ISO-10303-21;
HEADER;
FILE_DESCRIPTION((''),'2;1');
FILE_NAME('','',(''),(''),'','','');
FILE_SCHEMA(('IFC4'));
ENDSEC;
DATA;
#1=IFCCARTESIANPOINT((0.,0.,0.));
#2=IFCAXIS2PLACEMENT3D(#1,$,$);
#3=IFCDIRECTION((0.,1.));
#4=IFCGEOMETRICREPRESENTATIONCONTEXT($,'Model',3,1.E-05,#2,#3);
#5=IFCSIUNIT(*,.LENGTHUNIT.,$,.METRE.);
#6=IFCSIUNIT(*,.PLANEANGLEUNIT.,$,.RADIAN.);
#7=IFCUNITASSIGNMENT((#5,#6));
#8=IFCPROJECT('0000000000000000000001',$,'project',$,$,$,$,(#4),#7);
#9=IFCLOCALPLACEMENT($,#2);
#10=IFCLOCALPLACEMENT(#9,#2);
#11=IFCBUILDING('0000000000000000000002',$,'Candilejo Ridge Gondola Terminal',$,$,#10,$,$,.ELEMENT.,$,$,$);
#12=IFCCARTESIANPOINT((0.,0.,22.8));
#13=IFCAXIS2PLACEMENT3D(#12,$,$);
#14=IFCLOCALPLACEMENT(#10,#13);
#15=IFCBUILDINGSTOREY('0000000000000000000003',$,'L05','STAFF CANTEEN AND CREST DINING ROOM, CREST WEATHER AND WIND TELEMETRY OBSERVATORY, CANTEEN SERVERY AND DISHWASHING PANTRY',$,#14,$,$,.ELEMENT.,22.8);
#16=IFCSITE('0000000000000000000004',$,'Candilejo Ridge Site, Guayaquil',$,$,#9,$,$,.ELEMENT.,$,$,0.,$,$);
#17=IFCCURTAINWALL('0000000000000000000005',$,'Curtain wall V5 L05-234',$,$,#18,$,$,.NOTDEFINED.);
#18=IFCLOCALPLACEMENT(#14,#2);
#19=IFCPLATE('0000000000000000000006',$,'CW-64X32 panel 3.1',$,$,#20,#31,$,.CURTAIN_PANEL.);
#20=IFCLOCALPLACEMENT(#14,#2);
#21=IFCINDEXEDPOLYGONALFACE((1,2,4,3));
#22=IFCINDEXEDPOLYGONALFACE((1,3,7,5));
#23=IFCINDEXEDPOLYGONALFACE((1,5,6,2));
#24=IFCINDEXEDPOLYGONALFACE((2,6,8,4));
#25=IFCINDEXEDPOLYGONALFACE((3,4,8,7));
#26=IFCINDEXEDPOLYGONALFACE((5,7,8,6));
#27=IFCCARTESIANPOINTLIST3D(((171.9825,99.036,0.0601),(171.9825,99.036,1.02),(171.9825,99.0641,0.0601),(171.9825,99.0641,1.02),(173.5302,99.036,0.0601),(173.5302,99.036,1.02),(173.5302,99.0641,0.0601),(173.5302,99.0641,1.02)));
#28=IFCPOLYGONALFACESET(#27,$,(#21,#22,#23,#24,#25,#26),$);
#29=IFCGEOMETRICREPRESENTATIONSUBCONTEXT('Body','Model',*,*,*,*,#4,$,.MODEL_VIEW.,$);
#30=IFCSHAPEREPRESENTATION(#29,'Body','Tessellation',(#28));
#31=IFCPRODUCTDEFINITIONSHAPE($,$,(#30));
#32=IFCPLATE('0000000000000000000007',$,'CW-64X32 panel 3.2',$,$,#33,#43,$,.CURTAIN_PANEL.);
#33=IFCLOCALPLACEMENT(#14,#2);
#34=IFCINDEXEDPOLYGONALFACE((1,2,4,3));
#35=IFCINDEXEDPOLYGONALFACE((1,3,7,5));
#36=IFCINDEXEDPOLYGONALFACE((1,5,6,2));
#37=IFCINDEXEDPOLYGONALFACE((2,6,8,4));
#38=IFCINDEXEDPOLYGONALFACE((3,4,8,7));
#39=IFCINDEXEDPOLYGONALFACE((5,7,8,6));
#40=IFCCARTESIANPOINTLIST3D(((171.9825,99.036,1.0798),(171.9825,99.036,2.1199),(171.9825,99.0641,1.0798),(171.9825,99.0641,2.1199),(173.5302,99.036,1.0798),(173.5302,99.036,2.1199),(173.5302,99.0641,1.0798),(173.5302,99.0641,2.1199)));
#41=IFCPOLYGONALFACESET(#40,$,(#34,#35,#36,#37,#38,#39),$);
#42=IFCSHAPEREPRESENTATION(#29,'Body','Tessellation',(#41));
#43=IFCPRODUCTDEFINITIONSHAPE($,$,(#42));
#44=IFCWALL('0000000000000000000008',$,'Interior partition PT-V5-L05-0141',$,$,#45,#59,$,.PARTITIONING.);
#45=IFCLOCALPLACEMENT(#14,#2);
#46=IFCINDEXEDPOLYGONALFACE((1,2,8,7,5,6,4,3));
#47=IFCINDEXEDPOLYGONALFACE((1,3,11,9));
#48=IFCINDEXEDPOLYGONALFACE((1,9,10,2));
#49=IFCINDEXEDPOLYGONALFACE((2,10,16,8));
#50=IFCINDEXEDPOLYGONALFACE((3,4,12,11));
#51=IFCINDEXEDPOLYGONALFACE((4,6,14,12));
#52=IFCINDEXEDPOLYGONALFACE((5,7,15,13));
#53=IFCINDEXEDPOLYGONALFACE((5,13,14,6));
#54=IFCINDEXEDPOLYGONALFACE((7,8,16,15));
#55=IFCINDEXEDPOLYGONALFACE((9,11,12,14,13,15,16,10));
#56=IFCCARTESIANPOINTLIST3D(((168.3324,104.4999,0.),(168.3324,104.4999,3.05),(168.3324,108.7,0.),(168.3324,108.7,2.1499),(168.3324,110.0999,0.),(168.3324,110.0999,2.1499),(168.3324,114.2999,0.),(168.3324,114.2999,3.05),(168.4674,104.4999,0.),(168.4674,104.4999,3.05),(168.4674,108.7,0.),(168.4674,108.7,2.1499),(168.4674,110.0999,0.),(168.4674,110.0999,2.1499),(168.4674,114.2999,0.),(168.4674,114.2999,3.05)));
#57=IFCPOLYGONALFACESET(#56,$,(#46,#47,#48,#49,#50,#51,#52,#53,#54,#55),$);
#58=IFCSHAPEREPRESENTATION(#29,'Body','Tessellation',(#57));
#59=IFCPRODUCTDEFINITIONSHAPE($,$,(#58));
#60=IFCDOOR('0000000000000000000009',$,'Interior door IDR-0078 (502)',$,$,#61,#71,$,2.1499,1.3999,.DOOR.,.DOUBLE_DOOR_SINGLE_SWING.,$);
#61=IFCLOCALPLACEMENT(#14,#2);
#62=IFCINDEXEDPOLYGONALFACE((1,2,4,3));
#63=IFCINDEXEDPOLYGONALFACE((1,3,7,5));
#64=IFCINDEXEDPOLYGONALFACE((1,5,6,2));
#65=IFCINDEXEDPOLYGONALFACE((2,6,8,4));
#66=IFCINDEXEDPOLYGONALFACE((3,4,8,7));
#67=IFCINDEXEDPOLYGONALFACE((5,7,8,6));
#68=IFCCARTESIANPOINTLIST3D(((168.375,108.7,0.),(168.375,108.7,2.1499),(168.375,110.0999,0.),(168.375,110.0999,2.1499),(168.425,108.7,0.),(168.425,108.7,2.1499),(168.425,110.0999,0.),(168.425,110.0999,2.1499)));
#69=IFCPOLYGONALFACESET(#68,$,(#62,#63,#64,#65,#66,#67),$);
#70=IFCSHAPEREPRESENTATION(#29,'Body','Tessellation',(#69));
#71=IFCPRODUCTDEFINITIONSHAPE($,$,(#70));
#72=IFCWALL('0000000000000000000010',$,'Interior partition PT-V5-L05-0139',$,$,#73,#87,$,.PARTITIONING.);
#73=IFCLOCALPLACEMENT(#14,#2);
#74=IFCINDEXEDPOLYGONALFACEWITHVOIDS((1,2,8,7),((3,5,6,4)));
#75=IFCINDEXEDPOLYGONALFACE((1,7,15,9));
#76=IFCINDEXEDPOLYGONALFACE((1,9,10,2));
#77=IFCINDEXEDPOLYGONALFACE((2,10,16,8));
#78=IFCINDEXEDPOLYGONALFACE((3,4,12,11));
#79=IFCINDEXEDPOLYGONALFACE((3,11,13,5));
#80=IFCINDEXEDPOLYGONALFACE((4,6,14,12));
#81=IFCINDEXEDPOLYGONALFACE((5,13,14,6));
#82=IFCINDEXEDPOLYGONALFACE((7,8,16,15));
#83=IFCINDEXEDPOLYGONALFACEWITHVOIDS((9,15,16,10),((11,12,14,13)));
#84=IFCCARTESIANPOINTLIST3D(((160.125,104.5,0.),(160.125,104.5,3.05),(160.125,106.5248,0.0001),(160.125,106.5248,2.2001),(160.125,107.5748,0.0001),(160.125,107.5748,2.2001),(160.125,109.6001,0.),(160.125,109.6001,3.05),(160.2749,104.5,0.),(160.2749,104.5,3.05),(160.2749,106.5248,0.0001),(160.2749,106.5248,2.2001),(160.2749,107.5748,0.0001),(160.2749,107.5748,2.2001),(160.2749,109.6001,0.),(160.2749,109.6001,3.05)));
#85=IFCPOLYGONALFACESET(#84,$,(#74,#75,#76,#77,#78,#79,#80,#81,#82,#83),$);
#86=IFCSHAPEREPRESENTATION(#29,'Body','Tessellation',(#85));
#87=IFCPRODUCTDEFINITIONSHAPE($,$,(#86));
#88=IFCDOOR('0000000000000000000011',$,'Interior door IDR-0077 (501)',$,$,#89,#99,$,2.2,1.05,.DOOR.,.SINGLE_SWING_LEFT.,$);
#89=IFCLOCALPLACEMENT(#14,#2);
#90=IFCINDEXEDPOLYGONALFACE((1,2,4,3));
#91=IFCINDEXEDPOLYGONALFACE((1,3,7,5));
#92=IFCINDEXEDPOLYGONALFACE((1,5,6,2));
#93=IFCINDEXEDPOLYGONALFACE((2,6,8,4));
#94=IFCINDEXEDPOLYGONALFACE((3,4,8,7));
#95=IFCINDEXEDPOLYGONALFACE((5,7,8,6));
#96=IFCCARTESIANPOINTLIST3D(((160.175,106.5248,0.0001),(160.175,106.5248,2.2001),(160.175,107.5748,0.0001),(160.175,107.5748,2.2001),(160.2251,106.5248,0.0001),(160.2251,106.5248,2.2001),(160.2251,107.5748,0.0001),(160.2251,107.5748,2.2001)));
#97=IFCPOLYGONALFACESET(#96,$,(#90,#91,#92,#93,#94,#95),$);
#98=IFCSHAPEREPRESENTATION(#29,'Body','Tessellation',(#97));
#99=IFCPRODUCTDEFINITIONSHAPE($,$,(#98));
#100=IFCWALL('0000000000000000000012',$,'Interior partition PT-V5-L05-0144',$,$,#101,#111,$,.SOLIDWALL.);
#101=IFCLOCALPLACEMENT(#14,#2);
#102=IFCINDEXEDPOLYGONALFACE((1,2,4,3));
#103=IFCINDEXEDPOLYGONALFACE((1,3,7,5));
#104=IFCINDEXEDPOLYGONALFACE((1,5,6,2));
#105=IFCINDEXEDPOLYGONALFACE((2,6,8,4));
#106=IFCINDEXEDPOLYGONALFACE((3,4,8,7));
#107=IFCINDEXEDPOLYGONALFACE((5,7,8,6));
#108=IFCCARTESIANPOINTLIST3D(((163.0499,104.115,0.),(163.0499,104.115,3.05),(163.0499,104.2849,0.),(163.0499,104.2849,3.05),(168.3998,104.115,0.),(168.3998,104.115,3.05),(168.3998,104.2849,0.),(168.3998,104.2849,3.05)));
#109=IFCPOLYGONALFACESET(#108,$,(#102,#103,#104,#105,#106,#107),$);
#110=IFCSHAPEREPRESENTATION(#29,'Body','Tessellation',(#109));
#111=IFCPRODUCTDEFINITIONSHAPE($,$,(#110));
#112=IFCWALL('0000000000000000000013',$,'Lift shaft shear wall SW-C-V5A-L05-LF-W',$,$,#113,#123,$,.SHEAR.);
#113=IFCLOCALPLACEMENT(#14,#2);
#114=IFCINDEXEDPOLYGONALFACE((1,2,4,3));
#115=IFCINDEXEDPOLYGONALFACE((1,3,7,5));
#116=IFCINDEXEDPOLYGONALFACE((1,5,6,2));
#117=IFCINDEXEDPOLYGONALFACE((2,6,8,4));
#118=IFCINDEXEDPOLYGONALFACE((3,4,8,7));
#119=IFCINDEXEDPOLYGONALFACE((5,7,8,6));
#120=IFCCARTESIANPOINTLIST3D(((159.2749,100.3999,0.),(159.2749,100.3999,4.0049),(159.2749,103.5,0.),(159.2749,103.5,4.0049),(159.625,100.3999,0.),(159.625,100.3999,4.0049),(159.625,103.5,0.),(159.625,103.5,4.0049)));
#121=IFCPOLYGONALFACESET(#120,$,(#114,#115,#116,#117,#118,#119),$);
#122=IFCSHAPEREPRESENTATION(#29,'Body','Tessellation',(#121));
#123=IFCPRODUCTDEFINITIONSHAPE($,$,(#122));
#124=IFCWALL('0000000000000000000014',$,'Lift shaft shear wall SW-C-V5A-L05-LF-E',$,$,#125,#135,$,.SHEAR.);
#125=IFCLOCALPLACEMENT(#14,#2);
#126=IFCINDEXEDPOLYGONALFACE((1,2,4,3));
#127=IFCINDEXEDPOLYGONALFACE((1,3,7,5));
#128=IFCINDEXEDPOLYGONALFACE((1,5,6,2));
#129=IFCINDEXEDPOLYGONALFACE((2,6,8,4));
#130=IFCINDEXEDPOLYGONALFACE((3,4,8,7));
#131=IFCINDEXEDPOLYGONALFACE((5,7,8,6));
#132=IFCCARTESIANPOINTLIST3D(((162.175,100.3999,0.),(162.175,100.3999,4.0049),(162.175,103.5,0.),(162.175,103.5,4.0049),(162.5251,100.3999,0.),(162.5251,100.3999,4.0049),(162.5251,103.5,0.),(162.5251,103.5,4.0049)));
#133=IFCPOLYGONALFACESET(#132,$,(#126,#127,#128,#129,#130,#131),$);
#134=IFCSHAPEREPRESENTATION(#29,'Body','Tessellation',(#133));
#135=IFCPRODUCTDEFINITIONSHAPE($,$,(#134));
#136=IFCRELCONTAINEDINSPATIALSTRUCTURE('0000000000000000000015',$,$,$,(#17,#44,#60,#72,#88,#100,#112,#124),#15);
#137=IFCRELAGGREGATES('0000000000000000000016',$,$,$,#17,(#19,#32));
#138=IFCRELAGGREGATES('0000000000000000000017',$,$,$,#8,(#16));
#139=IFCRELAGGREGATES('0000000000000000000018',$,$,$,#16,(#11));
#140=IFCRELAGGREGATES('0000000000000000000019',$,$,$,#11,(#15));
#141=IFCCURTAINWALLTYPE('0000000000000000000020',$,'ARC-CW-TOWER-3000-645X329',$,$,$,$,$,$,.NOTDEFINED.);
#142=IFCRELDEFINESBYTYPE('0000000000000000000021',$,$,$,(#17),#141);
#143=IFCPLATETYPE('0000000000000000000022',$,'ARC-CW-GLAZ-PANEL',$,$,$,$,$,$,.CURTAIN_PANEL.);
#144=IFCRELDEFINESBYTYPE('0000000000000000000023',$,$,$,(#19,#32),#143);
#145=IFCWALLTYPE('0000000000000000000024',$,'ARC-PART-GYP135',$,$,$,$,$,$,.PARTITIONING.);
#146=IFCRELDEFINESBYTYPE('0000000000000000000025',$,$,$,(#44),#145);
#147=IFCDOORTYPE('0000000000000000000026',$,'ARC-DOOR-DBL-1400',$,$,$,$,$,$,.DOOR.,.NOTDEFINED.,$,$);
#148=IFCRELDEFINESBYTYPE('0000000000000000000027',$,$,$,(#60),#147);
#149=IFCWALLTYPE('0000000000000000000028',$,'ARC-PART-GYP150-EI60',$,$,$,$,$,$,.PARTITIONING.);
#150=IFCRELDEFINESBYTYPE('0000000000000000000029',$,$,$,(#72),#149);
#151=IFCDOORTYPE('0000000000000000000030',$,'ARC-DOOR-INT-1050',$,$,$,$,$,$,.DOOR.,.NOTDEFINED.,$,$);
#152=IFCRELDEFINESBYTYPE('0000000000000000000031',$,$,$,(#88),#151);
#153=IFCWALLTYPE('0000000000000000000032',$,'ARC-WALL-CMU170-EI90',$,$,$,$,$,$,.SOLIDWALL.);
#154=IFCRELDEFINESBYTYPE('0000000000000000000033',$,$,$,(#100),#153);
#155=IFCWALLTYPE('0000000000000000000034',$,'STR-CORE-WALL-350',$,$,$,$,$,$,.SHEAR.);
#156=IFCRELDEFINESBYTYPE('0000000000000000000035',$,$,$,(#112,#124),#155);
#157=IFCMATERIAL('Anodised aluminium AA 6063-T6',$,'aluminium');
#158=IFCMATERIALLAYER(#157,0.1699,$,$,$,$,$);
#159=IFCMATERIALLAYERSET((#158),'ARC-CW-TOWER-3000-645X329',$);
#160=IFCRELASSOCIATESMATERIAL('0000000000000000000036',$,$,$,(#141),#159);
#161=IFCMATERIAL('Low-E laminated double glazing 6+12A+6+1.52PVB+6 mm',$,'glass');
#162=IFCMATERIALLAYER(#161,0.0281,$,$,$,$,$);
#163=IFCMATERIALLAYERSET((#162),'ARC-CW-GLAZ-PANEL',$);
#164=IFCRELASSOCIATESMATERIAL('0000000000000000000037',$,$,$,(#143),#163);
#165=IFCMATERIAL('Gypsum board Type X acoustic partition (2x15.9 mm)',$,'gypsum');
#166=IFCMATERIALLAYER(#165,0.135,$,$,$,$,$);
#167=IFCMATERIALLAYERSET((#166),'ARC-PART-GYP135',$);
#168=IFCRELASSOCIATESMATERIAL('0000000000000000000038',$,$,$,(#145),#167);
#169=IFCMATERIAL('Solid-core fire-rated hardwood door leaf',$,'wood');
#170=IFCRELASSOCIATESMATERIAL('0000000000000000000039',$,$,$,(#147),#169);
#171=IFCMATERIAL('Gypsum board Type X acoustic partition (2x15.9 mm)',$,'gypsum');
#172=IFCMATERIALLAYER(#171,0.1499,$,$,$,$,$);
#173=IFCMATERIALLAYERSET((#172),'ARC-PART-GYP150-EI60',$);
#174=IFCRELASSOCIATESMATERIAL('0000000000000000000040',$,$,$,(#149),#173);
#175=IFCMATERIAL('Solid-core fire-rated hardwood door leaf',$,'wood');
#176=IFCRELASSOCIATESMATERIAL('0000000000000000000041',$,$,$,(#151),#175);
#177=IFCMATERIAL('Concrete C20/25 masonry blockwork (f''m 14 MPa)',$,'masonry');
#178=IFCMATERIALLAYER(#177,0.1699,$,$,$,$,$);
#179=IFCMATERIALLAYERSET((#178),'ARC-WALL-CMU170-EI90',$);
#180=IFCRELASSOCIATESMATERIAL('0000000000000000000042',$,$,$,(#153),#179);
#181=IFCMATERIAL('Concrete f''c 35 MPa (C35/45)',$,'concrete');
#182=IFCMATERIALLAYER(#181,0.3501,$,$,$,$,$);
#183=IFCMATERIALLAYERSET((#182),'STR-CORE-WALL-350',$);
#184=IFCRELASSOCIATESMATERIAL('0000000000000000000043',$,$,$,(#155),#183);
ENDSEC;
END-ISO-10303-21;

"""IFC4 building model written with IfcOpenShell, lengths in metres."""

from ifc_helpers import new_model, si_unit, direction, frame, frame_2d, origin, origin_2d, place, context, subcontext, project, spatial, rectangle, extrude, material, layer, layer_set, type_object, element, fill, aggregate, save


model = new_model("IFC4")

# Units and contexts
model_context = context("Model", 3, precision=1e-05, world=origin(), true_north=direction((0.0, 1.0)))
body_context = subcontext(model_context, "Body", "Model", "MODEL_VIEW")
ifc_project = project(units=[si_unit("LENGTHUNIT", "METRE"), si_unit("PLANEANGLEUNIT", "RADIAN")], contexts=[model_context])

# Site, building, storey
site_placement = place(None, origin())
site = spatial("IfcSite", under=ifc_project, at=site_placement, Name="Candilejo Ridge Site, Guayaquil", CompositionType="ELEMENT", RefElevation=0.0)
building_placement = place(site_placement, origin())
building = spatial("IfcBuilding", under=site, at=building_placement, Name="Candilejo Ridge Gondola Terminal", CompositionType="ELEMENT")
storey_placement = place(building_placement, frame((0.0, 0.0, 22.8)))
storey = spatial("IfcBuildingStorey", under=building, at=storey_placement, Name="L05", Description="STAFF CANTEEN AND CREST DINING ROOM, CREST WEATHER AND WIND TELEMETRY OBSERVATORY, CANTEEN SERVERY AND DISHWASHING PANTRY", CompositionType="ELEMENT", Elevation=22.8)

# Curtain wall
ifc_material_1 = material(Name="Anodised aluminium AA 6063-T6", Category="aluminium")
ifc_layer_1 = layer(ifc_material_1, 0.1699)
ifc_layer_set_1 = layer_set([ifc_layer_1], Name="ARC-CW-TOWER-3000-645X329")
curtain_wall_type = type_object("IfcCurtainWallType", Name="ARC-CW-TOWER-3000-645X329", PredefinedType="NOTDEFINED", material=ifc_layer_set_1)
curtain_wall_placement = place(storey_placement, origin())
curtain_wall = element("IfcCurtainWall", 1, at=curtain_wall_placement, inside=storey, type_object=curtain_wall_type, Name="Curtain wall V5 L05-234", PredefinedType="NOTDEFINED")

# Plates
ifc_material_2 = material(Name="Low-E laminated double glazing 6+12A+6+1.52PVB+6 mm", Category="glass")
ifc_layer_2 = layer(ifc_material_2, 0.0281)
ifc_layer_set_2 = layer_set([ifc_layer_2], Name="ARC-CW-GLAZ-PANEL")
plate_type = type_object("IfcPlateType", Name="ARC-CW-GLAZ-PANEL", PredefinedType="CURTAIN_PANEL", material=ifc_layer_set_2)
plate_1_placement = place(storey_placement, frame((172.7563, 99.05, 0.0601), z_axis=(0.0, 0.0, 1.0), x_axis=(1.0, 0.0, 0.0)))
plate_1 = element("IfcPlate", 2, at=plate_1_placement, type_object=plate_type, Name="CW-64X32 panel 3.1", PredefinedType="CURTAIN_PANEL", context=body_context, shape_type="SweptSolid", body=[
    extrude(rectangle(XDim=1.5476, YDim=0.0281, at=origin_2d()), origin(), (0.0, 0.0, 1.0), 0.96),
])
plate_2_placement = place(storey_placement, frame((172.7563, 99.05, 1.0798), z_axis=(0.0, 0.0, 1.0), x_axis=(1.0, 0.0, 0.0)))
plate_2 = element("IfcPlate", 3, at=plate_2_placement, type_object=plate_type, Name="CW-64X32 panel 3.2", PredefinedType="CURTAIN_PANEL", context=body_context, shape_type="SweptSolid", body=[
    extrude(rectangle(XDim=1.5476, YDim=0.0281, at=origin_2d()), origin(), (0.0, 0.0, 1.0), 1.04),
])
aggregate(curtain_wall, [plate_1, plate_2])

# Walls, openings, doors
ifc_material_3 = material(Name="Gypsum board Type X acoustic partition (2x15.9 mm)", Category="gypsum")
ifc_layer_3 = layer(ifc_material_3, 0.135)
ifc_layer_set_3 = layer_set([ifc_layer_3], Name="ARC-PART-GYP135")
wall_type_1 = type_object("IfcWallType", Name="ARC-PART-GYP135", PredefinedType="PARTITIONING", material=ifc_layer_set_3)
wall_1_placement = place(storey_placement, frame((168.3999, 104.5, 0.0), z_axis=(0.0, 0.0, 1.0), x_axis=(0.0, 1.0, 0.0)))
wall_1 = element("IfcWall", 4, at=wall_1_placement, inside=storey, type_object=wall_type_1, Name="Interior partition PT-V5-L05-0141", PredefinedType="PARTITIONING", context=body_context, shape_type="SweptSolid", body=[
    extrude(rectangle(XDim=9.8, YDim=0.135, at=frame_2d((4.8999, 0.0))), origin(), (0.0, 0.0, 1.0), 3.05),
])
opening_1_placement = place(wall_1_placement, frame((4.2, 0.0, 0.0)))
opening_1 = element("IfcOpeningElement", 5, at=opening_1_placement, cuts=wall_1, PredefinedType="OPENING", context=body_context, shape_type="SweptSolid", body=[
    extrude(rectangle(XDim=1.3999, YDim=2.1499, at=frame_2d((0.7, 1.075))), frame((0.0, 0.0774, 0.0), z_axis=(0.0, -1.0, 0.0), x_axis=(1.0, 0.0, 0.0)), (0.0, 0.0, 1.0), 0.155),
])
ifc_material_4 = material(Name="Solid-core fire-rated hardwood door leaf", Category="wood")
door_type_1 = type_object("IfcDoorType", Name="ARC-DOOR-DBL-1400", OperationType="NOTDEFINED", PredefinedType="DOOR", material=ifc_material_4)
door_1_placement = place(opening_1_placement, origin())
door_1 = element("IfcDoor", 6, at=door_1_placement, inside=storey, type_object=door_type_1, Name="Interior door IDR-0078 (502)", OperationType="DOUBLE_DOOR_SINGLE_SWING", OverallHeight=2.1499, OverallWidth=1.3999, PredefinedType="DOOR", context=body_context, shape_type="SweptSolid", body=[
    extrude(rectangle(XDim=1.3999, YDim=2.1499, at=frame_2d((0.7, 1.075))), frame((0.0, 0.0249, 0.0), z_axis=(0.0, -1.0, 0.0), x_axis=(1.0, 0.0, 0.0)), (0.0, 0.0, 1.0), 0.05),
])
fill(opening_1, door_1)
ifc_material_5 = material(Name="Gypsum board Type X acoustic partition (2x15.9 mm)", Category="gypsum")
ifc_layer_4 = layer(ifc_material_5, 0.1499)
ifc_layer_set_4 = layer_set([ifc_layer_4], Name="ARC-PART-GYP150-EI60")
wall_type_2 = type_object("IfcWallType", Name="ARC-PART-GYP150-EI60", PredefinedType="PARTITIONING", material=ifc_layer_set_4)
wall_2_placement = place(storey_placement, frame((160.2, 104.5, 0.0), z_axis=(0.0, 0.0, 1.0), x_axis=(0.0, 1.0, 0.0)))
wall_2 = element("IfcWall", 7, at=wall_2_placement, inside=storey, type_object=wall_type_2, Name="Interior partition PT-V5-L05-0139", PredefinedType="PARTITIONING", context=body_context, shape_type="SweptSolid", body=[
    extrude(rectangle(XDim=5.1001, YDim=0.1499, at=frame_2d((2.55, 0.0))), origin(), (0.0, 0.0, 1.0), 3.05),
])
opening_2_placement = place(wall_2_placement, frame((2.0249, 0.0, 0.0)))
opening_2 = element("IfcOpeningElement", 8, at=opening_2_placement, cuts=wall_2, PredefinedType="OPENING", context=body_context, shape_type="SweptSolid", body=[
    extrude(rectangle(XDim=1.05, YDim=2.2, at=frame_2d((0.5249, 1.1001))), frame((0.0, 0.085, 0.0), z_axis=(0.0, -1.0, 0.0), x_axis=(1.0, 0.0, 0.0)), (0.0, 0.0, 1.0), 0.1699),
])
ifc_material_6 = material(Name="Solid-core fire-rated hardwood door leaf", Category="wood")
door_type_2 = type_object("IfcDoorType", Name="ARC-DOOR-INT-1050", OperationType="NOTDEFINED", PredefinedType="DOOR", material=ifc_material_6)
door_2_placement = place(opening_2_placement, origin())
door_2 = element("IfcDoor", 9, at=door_2_placement, inside=storey, type_object=door_type_2, Name="Interior door IDR-0077 (501)", OperationType="SINGLE_SWING_LEFT", OverallHeight=2.2, OverallWidth=1.05, PredefinedType="DOOR", context=body_context, shape_type="SweptSolid", body=[
    extrude(rectangle(XDim=1.05, YDim=2.2, at=frame_2d((0.5249, 1.1001))), frame((0.0, 0.0249, 0.0), z_axis=(0.0, -1.0, 0.0), x_axis=(1.0, 0.0, 0.0)), (0.0, 0.0, 1.0), 0.05),
])
fill(opening_2, door_2)
ifc_material_7 = material(Name="Concrete C20/25 masonry blockwork (f'm 14 MPa)", Category="masonry")
ifc_layer_5 = layer(ifc_material_7, 0.1699)
ifc_layer_set_5 = layer_set([ifc_layer_5], Name="ARC-WALL-CMU170-EI90")
wall_type_3 = type_object("IfcWallType", Name="ARC-WALL-CMU170-EI90", PredefinedType="SOLIDWALL", material=ifc_layer_set_5)

# Walls
wall_3_placement = place(storey_placement, frame((163.05, 104.2, 0.0), z_axis=(0.0, 0.0, 1.0), x_axis=(1.0, 0.0, 0.0)))
element("IfcWall", 10, at=wall_3_placement, inside=storey, type_object=wall_type_3, Name="Interior partition PT-V5-L05-0144", PredefinedType="SOLIDWALL", context=body_context, shape_type="SweptSolid", body=[
    extrude(rectangle(XDim=5.3499, YDim=0.1699, at=frame_2d((2.6748, 0.0))), origin(), (0.0, 0.0, 1.0), 3.05),
])
ifc_material_8 = material(Name="Concrete f'c 35 MPa (C35/45)", Category="concrete")
ifc_layer_6 = layer(ifc_material_8, 0.3501)
ifc_layer_set_6 = layer_set([ifc_layer_6], Name="STR-CORE-WALL-350")
wall_type_4 = type_object("IfcWallType", Name="STR-CORE-WALL-350", PredefinedType="SHEAR", material=ifc_layer_set_6)
for number, where, z_axis, x_axis, name in (
    (11, (159.45, 100.3999, 0.0), (0.0, 0.0, 1.0), (0.0, 1.0, 0.0), "Lift shaft shear wall SW-C-V5A-L05-LF-W"),
    (12, (162.3501, 100.3999, 0.0), (0.0, 0.0, 1.0), (0.0, 1.0, 0.0), "Lift shaft shear wall SW-C-V5A-L05-LF-E"),
):
    element("IfcWall", number, at=place(storey_placement, frame(where, z_axis=z_axis, x_axis=x_axis)), inside=storey, type_object=wall_type_4, Name=name, PredefinedType="SHEAR", context=body_context, shape_type="SweptSolid", body=[
        extrude(rectangle(XDim=3.1001, YDim=0.3501, at=frame_2d((1.55, 0.0))), origin(), (0.0, 0.0, 1.0), 4.0049),
    ])

save(model, "model.ifc")
